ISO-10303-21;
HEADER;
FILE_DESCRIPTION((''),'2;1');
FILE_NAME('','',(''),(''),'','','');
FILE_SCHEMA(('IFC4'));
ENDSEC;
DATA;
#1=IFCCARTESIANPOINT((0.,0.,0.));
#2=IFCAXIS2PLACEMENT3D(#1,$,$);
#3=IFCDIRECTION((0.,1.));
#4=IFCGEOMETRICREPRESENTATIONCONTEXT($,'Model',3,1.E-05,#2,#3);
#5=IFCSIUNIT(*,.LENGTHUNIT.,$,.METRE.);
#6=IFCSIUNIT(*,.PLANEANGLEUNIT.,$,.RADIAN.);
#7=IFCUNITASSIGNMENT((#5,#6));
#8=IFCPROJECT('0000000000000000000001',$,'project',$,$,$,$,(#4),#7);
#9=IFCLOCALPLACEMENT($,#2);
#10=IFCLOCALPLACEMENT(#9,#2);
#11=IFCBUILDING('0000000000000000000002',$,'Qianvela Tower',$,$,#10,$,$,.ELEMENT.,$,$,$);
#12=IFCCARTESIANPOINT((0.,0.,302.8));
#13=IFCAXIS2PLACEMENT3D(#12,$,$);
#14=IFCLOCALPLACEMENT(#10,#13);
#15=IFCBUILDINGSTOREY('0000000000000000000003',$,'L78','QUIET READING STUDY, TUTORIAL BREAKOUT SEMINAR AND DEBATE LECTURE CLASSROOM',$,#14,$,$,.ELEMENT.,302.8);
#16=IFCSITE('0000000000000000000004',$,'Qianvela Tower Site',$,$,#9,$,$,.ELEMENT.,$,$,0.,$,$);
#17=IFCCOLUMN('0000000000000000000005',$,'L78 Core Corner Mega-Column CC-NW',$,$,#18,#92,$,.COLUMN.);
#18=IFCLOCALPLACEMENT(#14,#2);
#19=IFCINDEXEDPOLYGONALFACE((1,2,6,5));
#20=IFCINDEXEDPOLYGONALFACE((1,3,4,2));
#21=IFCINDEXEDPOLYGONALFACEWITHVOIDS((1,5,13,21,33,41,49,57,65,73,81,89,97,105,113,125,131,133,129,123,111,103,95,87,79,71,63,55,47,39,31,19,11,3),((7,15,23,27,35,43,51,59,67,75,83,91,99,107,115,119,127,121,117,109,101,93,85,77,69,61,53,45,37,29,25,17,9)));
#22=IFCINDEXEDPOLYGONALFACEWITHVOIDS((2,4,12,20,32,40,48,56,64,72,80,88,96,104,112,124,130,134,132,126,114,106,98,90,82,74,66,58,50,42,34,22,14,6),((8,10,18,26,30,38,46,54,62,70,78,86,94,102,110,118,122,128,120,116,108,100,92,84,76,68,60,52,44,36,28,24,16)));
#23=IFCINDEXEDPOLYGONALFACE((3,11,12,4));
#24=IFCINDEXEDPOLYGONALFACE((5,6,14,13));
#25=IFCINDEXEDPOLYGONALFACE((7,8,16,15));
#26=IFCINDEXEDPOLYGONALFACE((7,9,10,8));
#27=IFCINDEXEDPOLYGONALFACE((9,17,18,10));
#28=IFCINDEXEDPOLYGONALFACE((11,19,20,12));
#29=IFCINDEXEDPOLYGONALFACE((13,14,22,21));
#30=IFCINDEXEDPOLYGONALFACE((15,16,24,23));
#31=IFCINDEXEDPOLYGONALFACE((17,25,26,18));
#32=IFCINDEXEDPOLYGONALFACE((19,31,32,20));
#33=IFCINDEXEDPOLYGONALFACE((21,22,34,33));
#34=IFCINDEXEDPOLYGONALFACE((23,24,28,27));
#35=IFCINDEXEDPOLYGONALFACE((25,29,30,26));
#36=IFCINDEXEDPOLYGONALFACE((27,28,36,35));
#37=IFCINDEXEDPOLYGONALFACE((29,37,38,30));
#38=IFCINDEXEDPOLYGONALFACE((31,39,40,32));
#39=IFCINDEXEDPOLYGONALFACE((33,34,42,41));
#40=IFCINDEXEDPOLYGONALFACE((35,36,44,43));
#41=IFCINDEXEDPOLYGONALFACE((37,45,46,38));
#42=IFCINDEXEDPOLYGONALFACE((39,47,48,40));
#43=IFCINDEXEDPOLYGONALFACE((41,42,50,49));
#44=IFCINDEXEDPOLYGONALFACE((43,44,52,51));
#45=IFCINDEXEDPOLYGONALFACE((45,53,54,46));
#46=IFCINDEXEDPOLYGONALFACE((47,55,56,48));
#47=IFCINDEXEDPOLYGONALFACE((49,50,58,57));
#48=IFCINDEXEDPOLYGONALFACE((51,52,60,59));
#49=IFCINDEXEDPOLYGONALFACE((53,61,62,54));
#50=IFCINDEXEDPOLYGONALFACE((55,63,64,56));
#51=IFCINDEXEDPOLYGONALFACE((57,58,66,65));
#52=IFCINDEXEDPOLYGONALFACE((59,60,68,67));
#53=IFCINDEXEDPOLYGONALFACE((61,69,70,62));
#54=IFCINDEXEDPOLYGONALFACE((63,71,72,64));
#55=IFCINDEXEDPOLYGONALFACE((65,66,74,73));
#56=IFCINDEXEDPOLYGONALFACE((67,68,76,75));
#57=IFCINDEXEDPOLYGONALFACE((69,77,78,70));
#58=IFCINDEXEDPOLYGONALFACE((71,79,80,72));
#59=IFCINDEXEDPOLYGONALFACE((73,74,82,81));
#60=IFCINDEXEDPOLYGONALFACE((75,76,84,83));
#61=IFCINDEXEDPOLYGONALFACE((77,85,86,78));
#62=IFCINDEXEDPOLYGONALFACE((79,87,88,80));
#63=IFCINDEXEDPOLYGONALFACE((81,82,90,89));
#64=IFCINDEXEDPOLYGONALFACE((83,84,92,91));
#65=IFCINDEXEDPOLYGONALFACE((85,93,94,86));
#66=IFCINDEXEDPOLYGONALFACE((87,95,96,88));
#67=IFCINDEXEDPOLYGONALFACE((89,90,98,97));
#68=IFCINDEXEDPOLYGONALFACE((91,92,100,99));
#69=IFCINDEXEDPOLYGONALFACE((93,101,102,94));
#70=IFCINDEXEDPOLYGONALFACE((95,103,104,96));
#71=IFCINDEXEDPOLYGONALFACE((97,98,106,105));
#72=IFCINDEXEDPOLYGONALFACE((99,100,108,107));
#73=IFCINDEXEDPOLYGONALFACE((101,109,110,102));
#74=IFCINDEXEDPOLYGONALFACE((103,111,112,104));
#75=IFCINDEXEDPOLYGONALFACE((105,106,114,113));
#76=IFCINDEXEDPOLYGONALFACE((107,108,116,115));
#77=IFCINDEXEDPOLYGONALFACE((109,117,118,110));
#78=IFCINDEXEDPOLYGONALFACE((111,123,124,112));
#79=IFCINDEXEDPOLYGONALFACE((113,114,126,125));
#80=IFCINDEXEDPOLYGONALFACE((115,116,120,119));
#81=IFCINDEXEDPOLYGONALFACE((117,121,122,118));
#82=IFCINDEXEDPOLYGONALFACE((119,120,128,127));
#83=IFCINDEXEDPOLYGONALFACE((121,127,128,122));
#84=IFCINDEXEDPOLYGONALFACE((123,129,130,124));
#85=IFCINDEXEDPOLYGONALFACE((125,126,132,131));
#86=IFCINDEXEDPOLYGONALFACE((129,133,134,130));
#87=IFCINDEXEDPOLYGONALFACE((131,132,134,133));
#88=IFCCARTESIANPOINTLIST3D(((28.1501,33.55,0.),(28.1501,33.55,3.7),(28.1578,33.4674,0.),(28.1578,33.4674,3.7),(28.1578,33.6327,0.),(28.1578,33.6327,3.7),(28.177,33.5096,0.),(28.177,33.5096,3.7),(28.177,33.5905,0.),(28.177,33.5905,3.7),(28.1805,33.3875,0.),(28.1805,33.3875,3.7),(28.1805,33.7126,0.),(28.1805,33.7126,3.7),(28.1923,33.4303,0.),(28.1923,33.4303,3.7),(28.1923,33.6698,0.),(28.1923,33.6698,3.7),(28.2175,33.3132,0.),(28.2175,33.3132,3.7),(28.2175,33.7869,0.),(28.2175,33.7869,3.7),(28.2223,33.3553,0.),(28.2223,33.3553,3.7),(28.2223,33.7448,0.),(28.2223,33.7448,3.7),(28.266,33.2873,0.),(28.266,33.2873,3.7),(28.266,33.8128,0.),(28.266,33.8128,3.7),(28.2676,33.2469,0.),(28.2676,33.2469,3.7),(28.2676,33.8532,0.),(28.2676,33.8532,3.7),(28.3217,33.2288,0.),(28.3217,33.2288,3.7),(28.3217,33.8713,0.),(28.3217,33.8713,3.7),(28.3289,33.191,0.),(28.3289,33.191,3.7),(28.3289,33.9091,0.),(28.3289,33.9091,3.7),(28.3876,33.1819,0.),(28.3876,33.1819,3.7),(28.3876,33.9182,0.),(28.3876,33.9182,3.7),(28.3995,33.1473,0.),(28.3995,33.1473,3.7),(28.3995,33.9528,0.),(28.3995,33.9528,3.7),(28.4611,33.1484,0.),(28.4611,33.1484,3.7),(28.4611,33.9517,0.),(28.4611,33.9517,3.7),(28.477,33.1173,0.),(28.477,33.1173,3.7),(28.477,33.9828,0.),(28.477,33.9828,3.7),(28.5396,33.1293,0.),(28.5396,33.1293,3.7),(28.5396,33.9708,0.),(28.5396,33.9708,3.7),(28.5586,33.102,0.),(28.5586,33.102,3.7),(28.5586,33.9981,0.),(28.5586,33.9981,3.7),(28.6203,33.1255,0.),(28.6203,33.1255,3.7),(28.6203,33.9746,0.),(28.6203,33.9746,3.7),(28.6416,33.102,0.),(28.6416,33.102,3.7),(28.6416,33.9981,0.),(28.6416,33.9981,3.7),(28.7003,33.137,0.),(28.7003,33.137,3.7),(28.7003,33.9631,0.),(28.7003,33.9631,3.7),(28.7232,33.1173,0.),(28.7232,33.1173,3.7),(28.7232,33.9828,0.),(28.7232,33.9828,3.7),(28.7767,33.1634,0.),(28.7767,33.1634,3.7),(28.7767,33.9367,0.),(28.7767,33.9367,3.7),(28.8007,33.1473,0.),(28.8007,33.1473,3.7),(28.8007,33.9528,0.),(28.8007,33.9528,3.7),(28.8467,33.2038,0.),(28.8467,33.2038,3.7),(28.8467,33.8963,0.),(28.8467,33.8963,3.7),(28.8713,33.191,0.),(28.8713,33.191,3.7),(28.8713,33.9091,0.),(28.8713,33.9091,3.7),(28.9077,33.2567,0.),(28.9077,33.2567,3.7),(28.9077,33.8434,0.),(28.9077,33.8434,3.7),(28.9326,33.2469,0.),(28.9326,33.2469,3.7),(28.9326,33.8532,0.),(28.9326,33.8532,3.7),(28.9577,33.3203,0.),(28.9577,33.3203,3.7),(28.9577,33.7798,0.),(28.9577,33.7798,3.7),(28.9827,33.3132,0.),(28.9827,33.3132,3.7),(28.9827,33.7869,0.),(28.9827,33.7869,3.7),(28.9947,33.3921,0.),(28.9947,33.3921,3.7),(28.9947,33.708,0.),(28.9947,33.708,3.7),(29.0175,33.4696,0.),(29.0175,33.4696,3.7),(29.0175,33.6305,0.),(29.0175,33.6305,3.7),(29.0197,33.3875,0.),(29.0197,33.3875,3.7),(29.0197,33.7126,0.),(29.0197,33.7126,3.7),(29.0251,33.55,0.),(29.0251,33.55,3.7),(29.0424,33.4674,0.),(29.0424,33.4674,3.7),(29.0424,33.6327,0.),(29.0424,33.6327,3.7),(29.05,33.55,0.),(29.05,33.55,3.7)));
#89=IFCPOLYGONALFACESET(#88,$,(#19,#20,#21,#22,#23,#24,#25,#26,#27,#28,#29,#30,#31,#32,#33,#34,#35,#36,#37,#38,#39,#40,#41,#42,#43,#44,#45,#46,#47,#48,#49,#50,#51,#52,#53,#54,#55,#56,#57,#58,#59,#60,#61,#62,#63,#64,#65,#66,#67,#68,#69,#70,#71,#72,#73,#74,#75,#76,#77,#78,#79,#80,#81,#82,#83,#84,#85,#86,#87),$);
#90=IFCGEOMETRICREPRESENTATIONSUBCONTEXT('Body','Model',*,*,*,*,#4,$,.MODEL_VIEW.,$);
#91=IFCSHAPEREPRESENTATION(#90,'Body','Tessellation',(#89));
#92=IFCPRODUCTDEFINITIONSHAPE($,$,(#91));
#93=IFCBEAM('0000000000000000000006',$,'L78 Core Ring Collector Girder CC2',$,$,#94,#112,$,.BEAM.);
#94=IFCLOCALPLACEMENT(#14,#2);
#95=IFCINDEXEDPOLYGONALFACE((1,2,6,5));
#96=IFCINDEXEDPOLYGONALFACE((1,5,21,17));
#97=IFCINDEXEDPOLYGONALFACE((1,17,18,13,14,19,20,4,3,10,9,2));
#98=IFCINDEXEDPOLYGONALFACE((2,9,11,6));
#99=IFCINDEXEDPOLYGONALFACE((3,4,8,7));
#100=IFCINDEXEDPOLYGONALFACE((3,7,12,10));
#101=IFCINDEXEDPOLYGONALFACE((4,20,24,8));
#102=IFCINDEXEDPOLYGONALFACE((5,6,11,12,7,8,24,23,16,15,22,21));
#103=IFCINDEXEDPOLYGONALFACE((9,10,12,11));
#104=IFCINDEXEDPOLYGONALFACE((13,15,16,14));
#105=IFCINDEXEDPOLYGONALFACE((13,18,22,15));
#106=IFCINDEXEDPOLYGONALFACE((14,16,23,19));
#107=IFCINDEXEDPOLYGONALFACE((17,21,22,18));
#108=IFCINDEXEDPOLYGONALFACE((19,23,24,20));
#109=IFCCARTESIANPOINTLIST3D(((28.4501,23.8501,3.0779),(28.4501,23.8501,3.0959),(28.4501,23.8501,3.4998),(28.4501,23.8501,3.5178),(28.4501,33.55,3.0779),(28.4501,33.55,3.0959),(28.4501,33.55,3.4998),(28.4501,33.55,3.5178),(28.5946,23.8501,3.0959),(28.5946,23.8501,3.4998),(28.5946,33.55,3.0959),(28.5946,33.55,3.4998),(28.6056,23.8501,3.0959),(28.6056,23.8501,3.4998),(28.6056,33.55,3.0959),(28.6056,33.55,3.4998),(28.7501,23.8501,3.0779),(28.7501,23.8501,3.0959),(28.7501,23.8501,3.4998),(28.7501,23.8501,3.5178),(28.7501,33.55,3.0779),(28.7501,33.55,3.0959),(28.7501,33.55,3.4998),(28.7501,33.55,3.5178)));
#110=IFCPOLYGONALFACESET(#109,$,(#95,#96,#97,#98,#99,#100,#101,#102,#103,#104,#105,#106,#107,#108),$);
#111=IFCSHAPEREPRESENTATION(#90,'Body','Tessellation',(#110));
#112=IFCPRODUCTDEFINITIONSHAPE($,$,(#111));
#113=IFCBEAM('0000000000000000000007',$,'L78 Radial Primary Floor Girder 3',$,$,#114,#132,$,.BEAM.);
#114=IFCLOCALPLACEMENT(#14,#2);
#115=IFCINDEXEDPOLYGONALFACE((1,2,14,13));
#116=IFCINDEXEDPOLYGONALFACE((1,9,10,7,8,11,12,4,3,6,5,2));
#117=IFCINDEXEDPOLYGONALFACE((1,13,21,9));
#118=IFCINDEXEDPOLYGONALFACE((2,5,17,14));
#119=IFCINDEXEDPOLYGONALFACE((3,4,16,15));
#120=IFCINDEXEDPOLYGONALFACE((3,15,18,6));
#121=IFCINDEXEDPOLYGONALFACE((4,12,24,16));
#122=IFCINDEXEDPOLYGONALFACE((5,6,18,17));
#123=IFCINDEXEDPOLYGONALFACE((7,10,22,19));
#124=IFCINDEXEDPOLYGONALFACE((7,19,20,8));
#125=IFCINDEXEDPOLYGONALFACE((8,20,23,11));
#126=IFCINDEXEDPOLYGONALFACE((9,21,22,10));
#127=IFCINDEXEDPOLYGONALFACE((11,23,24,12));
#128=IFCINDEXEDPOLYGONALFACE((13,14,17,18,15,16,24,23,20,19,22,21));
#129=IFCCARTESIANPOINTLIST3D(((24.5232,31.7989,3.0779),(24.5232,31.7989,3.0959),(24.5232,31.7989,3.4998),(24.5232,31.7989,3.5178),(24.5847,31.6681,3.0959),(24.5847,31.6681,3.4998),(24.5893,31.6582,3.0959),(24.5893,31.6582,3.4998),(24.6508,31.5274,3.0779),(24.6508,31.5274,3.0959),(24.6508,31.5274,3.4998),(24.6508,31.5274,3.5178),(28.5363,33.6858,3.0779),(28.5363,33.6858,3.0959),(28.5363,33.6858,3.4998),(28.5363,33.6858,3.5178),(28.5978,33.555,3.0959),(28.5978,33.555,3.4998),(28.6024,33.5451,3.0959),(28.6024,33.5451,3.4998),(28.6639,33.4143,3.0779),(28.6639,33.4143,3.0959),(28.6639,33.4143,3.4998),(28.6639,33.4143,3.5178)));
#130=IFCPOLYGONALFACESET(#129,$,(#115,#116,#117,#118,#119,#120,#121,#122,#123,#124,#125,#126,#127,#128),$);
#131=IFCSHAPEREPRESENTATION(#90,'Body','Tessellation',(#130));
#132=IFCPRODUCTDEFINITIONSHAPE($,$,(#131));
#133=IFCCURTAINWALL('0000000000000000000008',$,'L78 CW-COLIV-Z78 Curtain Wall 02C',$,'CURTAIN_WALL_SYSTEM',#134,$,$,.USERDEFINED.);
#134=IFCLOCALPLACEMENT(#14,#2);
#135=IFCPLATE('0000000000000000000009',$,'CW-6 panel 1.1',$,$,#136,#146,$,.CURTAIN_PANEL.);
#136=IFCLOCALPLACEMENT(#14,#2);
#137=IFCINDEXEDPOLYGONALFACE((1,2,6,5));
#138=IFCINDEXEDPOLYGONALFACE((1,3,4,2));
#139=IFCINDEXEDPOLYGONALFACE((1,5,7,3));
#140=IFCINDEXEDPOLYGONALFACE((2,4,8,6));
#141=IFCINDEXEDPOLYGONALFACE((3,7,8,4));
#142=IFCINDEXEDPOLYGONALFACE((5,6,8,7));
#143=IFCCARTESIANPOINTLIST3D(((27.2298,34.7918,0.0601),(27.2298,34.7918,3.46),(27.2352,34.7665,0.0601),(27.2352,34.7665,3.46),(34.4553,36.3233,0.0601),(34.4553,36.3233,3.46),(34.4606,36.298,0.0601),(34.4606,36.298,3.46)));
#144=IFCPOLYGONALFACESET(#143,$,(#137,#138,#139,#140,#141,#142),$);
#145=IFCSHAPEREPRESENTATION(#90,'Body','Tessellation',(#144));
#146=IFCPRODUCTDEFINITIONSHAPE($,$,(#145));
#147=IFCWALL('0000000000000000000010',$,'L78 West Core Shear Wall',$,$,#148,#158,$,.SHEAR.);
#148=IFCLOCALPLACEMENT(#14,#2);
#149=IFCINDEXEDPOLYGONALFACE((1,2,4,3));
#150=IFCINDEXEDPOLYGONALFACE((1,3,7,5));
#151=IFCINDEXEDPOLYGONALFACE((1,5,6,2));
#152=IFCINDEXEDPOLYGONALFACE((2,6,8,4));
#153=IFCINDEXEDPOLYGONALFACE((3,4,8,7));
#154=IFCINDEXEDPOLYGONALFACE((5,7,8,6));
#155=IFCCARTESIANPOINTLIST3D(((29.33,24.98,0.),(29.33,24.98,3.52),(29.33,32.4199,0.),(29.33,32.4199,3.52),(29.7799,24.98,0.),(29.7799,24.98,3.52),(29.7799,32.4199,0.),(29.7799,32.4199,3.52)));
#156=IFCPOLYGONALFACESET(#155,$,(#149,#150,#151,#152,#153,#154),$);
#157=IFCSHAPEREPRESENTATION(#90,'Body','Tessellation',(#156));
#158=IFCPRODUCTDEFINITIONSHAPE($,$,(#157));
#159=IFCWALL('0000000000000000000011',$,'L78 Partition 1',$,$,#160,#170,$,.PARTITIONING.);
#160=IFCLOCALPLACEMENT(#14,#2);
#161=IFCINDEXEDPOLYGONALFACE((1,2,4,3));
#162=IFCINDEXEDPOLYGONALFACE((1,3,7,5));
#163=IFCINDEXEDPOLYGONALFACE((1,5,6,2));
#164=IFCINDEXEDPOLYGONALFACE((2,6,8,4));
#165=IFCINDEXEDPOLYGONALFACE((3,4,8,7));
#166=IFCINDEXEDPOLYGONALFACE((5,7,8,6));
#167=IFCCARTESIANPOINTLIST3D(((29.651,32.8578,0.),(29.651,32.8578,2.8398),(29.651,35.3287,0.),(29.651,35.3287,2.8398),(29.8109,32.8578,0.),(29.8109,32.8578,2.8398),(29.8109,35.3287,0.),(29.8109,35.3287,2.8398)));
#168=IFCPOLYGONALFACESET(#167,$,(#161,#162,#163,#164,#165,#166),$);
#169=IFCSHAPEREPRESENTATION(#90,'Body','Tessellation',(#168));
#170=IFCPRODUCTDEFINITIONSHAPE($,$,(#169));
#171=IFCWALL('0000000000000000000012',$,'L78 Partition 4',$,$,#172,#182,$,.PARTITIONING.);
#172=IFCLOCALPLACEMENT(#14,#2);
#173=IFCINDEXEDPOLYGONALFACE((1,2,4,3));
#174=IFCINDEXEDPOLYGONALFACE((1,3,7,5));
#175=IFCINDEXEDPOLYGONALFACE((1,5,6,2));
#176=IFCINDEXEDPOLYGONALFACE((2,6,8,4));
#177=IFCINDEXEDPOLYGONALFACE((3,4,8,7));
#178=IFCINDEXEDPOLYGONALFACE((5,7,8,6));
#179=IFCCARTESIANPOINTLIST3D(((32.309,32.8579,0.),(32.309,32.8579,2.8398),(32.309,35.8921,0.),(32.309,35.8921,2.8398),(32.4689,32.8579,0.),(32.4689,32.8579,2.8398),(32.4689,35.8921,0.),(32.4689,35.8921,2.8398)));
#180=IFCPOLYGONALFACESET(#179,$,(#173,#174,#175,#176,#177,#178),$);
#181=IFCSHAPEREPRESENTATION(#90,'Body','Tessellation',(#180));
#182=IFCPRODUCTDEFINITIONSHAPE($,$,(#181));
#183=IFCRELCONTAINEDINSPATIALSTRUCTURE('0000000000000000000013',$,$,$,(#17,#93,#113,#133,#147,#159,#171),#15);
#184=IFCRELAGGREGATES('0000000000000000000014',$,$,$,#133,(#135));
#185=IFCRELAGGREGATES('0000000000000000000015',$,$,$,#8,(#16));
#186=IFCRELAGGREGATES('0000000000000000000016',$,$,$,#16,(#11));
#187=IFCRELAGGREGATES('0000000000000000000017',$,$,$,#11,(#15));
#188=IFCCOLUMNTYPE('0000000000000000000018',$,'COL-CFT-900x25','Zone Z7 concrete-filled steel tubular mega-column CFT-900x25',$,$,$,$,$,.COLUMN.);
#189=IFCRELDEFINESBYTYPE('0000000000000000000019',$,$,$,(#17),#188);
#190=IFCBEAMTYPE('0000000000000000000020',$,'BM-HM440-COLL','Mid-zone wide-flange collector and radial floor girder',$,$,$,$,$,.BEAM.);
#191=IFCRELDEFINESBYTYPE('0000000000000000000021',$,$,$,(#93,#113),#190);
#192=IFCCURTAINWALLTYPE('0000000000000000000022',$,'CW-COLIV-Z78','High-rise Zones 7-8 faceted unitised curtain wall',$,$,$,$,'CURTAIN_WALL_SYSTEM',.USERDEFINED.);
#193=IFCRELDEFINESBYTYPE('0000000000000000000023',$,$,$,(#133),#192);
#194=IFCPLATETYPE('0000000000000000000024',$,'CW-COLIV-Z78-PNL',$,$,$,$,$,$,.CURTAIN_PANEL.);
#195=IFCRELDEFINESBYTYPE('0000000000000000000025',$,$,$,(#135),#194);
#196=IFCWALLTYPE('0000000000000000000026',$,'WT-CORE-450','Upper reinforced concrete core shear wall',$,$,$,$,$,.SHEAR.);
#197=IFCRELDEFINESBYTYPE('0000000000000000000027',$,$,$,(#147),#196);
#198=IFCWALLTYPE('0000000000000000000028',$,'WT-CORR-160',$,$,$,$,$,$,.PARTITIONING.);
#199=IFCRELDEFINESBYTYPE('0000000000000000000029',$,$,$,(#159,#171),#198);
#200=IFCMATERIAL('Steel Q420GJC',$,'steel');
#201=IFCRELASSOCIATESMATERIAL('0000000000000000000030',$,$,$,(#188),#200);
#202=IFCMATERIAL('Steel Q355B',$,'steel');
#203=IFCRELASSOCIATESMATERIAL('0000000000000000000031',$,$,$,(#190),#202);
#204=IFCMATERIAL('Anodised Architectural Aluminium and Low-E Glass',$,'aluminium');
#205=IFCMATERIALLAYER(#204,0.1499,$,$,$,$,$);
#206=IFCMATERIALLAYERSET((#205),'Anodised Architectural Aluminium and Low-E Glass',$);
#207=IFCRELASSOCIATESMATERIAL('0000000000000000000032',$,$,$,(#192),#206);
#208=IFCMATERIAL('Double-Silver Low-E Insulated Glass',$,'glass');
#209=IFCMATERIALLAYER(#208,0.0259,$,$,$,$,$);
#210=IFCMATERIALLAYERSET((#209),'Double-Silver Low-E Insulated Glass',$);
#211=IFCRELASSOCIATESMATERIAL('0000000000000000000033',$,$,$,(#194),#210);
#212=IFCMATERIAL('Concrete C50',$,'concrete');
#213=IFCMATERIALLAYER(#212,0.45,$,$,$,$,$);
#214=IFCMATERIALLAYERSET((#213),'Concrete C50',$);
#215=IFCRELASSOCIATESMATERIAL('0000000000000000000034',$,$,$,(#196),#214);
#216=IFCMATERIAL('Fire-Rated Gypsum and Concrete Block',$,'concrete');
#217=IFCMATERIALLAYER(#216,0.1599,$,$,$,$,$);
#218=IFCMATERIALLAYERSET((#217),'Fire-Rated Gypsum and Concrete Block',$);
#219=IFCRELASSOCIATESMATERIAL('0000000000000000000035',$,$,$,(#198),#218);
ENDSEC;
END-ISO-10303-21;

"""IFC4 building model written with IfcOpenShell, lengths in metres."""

from ifc_helpers import new_model, si_unit, direction, frame, frame_2d, origin, origin_2d, place, context, subcontext, project, spatial, rectangle, hollow_circle, i_section, extrude, material, layer, layer_set, material_profile, profile_set, type_object, element, aggregate, save


model = new_model("IFC4")

# Units and contexts
model_context = context("Model", 3, precision=1e-05, world=origin(), true_north=direction((0.0, 1.0)))
body_context = subcontext(model_context, "Body", "Model", "MODEL_VIEW")
ifc_project = project(units=[si_unit("LENGTHUNIT", "METRE"), si_unit("PLANEANGLEUNIT", "RADIAN")], contexts=[model_context])

# Site, building, storey
site_placement = place(None, origin())
site = spatial("IfcSite", under=ifc_project, at=site_placement, Name="Qianvela Tower Site", CompositionType="ELEMENT", RefElevation=0.0)
building_placement = place(site_placement, origin())
building = spatial("IfcBuilding", under=site, at=building_placement, Name="Qianvela Tower", CompositionType="ELEMENT")
storey_placement = place(building_placement, frame((0.0, 0.0, 302.8)))
storey = spatial("IfcBuildingStorey", under=building, at=storey_placement, Name="L78", Description="QUIET READING STUDY, TUTORIAL BREAKOUT SEMINAR AND DEBATE LECTURE CLASSROOM", CompositionType="ELEMENT", Elevation=302.8)

# Column
ifc_material_1 = material(Name="Steel Q420GJC", Category="steel")
ifc_material_profile_1 = material_profile(ifc_material_1, hollow_circle(Radius=0.45, WallThickness=0.0249, at=origin_2d()), Name="CFT-900x25")
ifc_profile_set_1 = profile_set([ifc_material_profile_1], Name="Steel Q420GJC")
column_type = type_object("IfcColumnType", Name="COL-CFT-900x25", Description="Zone Z7 concrete-filled steel tubular mega-column CFT-900x25", PredefinedType="COLUMN", material=ifc_profile_set_1)
column_placement = place(storey_placement, frame((28.6001, 33.55, 0.0), z_axis=(0.0, 0.0, 1.0), x_axis=(1.0, 0.0, 0.0)))
element("IfcColumn", 1, at=column_placement, inside=storey, type_object=column_type, Name="L78 Core Corner Mega-Column CC-NW", PredefinedType="COLUMN", context=body_context, shape_type="SweptSolid", body=[
    extrude(hollow_circle(Radius=0.45, WallThickness=0.0249, at=origin_2d()), origin(), (0.0, 0.0, 1.0), 3.7),
])

# Beams
ifc_material_2 = material(Name="Steel Q355B", Category="steel")
ifc_material_profile_2 = material_profile(ifc_material_2, i_section(OverallWidth=0.3, OverallDepth=0.4399, WebThickness=0.011, FlangeThickness=0.0181, at=origin_2d()), Name="HM440x300x11x18")
ifc_profile_set_2 = profile_set([ifc_material_profile_2], Name="Steel Q355B")
beam_type = type_object("IfcBeamType", Name="BM-HM440-COLL", Description="Mid-zone wide-flange collector and radial floor girder", PredefinedType="BEAM", material=ifc_profile_set_2)
beam_1_placement = place(storey_placement, frame((28.6001, 33.55, 3.2979), z_axis=(0.0, -1.0, 0.0), x_axis=(1.0, 0.0, 0.0)))
element("IfcBeam", 2, at=beam_1_placement, inside=storey, type_object=beam_type, Name="L78 Core Ring Collector Girder CC2", PredefinedType="BEAM", context=body_context, shape_type="SweptSolid", body=[
    extrude(i_section(OverallWidth=0.3, OverallDepth=0.4399, WebThickness=0.011, FlangeThickness=0.0181, at=origin_2d()), origin(), (0.0, 0.0, 1.0), 9.7),
])
beam_2_placement = place(storey_placement, frame((28.6001, 33.55, 3.2979), z_axis=(-0.904957, -0.425503, 0.0), x_axis=(0.425503, -0.904957, 0.0)))
element("IfcBeam", 3, at=beam_2_placement, inside=storey, type_object=beam_type, Name="L78 Radial Primary Floor Girder 3", PredefinedType="BEAM", context=body_context, shape_type="SweptSolid", body=[
    extrude(i_section(OverallWidth=0.3, OverallDepth=0.4399, WebThickness=0.011, FlangeThickness=0.0181, at=origin_2d()), origin(), (0.0, 0.0, 1.0), 4.4346),
])

# Curtain wall, plate
ifc_material_3 = material(Name="Anodised Architectural Aluminium and Low-E Glass", Category="aluminium")
ifc_layer_1 = layer(ifc_material_3, 0.1499)
ifc_layer_set_1 = layer_set([ifc_layer_1], Name="Anodised Architectural Aluminium and Low-E Glass")
curtain_wall_type = type_object("IfcCurtainWallType", Name="CW-COLIV-Z78", Description="High-rise Zones 7-8 faceted unitised curtain wall", ElementType="CURTAIN_WALL_SYSTEM", PredefinedType="USERDEFINED", material=ifc_layer_set_1)
curtain_wall_placement = place(storey_placement, origin())
curtain_wall = element("IfcCurtainWall", 4, at=curtain_wall_placement, inside=storey, type_object=curtain_wall_type, Name="L78 CW-COLIV-Z78 Curtain Wall 02C", ObjectType="CURTAIN_WALL_SYSTEM", PredefinedType="USERDEFINED")
ifc_material_4 = material(Name="Double-Silver Low-E Insulated Glass", Category="glass")
ifc_layer_2 = layer(ifc_material_4, 0.0259)
ifc_layer_set_2 = layer_set([ifc_layer_2], Name="Double-Silver Low-E Insulated Glass")
plate_type = type_object("IfcPlateType", Name="CW-COLIV-Z78-PNL", PredefinedType="CURTAIN_PANEL", material=ifc_layer_set_2)
plate_placement = place(storey_placement, frame((30.8452, 35.5449, 0.0601), z_axis=(0.0, 0.0, 1.0), x_axis=(-0.978267, -0.207348, 0.0)))
plate = element("IfcPlate", 5, at=plate_placement, type_object=plate_type, Name="CW-6 panel 1.1", PredefinedType="CURTAIN_PANEL", context=body_context, shape_type="SweptSolid", body=[
    extrude(rectangle(XDim=7.386, YDim=0.0259, at=origin_2d()), origin(), (0.0, 0.0, 1.0), 3.3999),
])
aggregate(curtain_wall, [plate])

# Shared definitions
ifc_material_5 = material(Name="Concrete C50", Category="concrete")
ifc_layer_3 = layer(ifc_material_5, 0.45)
ifc_layer_set_3 = layer_set([ifc_layer_3], Name="Concrete C50")
wall_type_1 = type_object("IfcWallType", Name="WT-CORE-450", Description="Upper reinforced concrete core shear wall", PredefinedType="SHEAR", material=ifc_layer_set_3)

# Walls
wall_1_placement = place(storey_placement, frame((29.5549, 24.98, 0.0), z_axis=(0.0, 0.0, 1.0), x_axis=(0.0, 1.0, 0.0)))
element("IfcWall", 6, at=wall_1_placement, inside=storey, type_object=wall_type_1, Name="L78 West Core Shear Wall", PredefinedType="SHEAR", context=body_context, shape_type="SweptSolid", body=[
    extrude(rectangle(XDim=7.4399, YDim=0.45, at=frame_2d((3.72, 0.0))), origin(), (0.0, 0.0, 1.0), 3.52),
])
ifc_material_6 = material(Name="Fire-Rated Gypsum and Concrete Block", Category="concrete")
ifc_layer_4 = layer(ifc_material_6, 0.1599)
ifc_layer_set_4 = layer_set([ifc_layer_4], Name="Fire-Rated Gypsum and Concrete Block")
wall_type_2 = type_object("IfcWallType", Name="WT-CORR-160", PredefinedType="PARTITIONING", material=ifc_layer_set_4)
wall_2_placement = place(storey_placement, frame((29.731, 32.8579, 0.0), z_axis=(0.0, 0.0, 1.0), x_axis=(0.0, 1.0, 0.0)))
element("IfcWall", 7, at=wall_2_placement, inside=storey, type_object=wall_type_2, Name="L78 Partition 1", PredefinedType="PARTITIONING", context=body_context, shape_type="SweptSolid", body=[
    extrude(rectangle(XDim=2.4709, YDim=0.1599, at=frame_2d((1.2354, 0.0))), origin(), (0.0, 0.0, 1.0), 2.8398),
])
wall_3_placement = place(storey_placement, frame((32.3889, 35.8921, 0.0), z_axis=(0.0, 0.0, 1.0), x_axis=(0.0, -1.0, 0.0)))
element("IfcWall", 8, at=wall_3_placement, inside=storey, type_object=wall_type_2, Name="L78 Partition 4", PredefinedType="PARTITIONING", context=body_context, shape_type="SweptSolid", body=[
    extrude(rectangle(XDim=3.0342, YDim=0.1599, at=frame_2d((1.5171, 0.0))), origin(), (0.0, 0.0, 1.0), 2.8398),
])

save(model, "model.ifc")
